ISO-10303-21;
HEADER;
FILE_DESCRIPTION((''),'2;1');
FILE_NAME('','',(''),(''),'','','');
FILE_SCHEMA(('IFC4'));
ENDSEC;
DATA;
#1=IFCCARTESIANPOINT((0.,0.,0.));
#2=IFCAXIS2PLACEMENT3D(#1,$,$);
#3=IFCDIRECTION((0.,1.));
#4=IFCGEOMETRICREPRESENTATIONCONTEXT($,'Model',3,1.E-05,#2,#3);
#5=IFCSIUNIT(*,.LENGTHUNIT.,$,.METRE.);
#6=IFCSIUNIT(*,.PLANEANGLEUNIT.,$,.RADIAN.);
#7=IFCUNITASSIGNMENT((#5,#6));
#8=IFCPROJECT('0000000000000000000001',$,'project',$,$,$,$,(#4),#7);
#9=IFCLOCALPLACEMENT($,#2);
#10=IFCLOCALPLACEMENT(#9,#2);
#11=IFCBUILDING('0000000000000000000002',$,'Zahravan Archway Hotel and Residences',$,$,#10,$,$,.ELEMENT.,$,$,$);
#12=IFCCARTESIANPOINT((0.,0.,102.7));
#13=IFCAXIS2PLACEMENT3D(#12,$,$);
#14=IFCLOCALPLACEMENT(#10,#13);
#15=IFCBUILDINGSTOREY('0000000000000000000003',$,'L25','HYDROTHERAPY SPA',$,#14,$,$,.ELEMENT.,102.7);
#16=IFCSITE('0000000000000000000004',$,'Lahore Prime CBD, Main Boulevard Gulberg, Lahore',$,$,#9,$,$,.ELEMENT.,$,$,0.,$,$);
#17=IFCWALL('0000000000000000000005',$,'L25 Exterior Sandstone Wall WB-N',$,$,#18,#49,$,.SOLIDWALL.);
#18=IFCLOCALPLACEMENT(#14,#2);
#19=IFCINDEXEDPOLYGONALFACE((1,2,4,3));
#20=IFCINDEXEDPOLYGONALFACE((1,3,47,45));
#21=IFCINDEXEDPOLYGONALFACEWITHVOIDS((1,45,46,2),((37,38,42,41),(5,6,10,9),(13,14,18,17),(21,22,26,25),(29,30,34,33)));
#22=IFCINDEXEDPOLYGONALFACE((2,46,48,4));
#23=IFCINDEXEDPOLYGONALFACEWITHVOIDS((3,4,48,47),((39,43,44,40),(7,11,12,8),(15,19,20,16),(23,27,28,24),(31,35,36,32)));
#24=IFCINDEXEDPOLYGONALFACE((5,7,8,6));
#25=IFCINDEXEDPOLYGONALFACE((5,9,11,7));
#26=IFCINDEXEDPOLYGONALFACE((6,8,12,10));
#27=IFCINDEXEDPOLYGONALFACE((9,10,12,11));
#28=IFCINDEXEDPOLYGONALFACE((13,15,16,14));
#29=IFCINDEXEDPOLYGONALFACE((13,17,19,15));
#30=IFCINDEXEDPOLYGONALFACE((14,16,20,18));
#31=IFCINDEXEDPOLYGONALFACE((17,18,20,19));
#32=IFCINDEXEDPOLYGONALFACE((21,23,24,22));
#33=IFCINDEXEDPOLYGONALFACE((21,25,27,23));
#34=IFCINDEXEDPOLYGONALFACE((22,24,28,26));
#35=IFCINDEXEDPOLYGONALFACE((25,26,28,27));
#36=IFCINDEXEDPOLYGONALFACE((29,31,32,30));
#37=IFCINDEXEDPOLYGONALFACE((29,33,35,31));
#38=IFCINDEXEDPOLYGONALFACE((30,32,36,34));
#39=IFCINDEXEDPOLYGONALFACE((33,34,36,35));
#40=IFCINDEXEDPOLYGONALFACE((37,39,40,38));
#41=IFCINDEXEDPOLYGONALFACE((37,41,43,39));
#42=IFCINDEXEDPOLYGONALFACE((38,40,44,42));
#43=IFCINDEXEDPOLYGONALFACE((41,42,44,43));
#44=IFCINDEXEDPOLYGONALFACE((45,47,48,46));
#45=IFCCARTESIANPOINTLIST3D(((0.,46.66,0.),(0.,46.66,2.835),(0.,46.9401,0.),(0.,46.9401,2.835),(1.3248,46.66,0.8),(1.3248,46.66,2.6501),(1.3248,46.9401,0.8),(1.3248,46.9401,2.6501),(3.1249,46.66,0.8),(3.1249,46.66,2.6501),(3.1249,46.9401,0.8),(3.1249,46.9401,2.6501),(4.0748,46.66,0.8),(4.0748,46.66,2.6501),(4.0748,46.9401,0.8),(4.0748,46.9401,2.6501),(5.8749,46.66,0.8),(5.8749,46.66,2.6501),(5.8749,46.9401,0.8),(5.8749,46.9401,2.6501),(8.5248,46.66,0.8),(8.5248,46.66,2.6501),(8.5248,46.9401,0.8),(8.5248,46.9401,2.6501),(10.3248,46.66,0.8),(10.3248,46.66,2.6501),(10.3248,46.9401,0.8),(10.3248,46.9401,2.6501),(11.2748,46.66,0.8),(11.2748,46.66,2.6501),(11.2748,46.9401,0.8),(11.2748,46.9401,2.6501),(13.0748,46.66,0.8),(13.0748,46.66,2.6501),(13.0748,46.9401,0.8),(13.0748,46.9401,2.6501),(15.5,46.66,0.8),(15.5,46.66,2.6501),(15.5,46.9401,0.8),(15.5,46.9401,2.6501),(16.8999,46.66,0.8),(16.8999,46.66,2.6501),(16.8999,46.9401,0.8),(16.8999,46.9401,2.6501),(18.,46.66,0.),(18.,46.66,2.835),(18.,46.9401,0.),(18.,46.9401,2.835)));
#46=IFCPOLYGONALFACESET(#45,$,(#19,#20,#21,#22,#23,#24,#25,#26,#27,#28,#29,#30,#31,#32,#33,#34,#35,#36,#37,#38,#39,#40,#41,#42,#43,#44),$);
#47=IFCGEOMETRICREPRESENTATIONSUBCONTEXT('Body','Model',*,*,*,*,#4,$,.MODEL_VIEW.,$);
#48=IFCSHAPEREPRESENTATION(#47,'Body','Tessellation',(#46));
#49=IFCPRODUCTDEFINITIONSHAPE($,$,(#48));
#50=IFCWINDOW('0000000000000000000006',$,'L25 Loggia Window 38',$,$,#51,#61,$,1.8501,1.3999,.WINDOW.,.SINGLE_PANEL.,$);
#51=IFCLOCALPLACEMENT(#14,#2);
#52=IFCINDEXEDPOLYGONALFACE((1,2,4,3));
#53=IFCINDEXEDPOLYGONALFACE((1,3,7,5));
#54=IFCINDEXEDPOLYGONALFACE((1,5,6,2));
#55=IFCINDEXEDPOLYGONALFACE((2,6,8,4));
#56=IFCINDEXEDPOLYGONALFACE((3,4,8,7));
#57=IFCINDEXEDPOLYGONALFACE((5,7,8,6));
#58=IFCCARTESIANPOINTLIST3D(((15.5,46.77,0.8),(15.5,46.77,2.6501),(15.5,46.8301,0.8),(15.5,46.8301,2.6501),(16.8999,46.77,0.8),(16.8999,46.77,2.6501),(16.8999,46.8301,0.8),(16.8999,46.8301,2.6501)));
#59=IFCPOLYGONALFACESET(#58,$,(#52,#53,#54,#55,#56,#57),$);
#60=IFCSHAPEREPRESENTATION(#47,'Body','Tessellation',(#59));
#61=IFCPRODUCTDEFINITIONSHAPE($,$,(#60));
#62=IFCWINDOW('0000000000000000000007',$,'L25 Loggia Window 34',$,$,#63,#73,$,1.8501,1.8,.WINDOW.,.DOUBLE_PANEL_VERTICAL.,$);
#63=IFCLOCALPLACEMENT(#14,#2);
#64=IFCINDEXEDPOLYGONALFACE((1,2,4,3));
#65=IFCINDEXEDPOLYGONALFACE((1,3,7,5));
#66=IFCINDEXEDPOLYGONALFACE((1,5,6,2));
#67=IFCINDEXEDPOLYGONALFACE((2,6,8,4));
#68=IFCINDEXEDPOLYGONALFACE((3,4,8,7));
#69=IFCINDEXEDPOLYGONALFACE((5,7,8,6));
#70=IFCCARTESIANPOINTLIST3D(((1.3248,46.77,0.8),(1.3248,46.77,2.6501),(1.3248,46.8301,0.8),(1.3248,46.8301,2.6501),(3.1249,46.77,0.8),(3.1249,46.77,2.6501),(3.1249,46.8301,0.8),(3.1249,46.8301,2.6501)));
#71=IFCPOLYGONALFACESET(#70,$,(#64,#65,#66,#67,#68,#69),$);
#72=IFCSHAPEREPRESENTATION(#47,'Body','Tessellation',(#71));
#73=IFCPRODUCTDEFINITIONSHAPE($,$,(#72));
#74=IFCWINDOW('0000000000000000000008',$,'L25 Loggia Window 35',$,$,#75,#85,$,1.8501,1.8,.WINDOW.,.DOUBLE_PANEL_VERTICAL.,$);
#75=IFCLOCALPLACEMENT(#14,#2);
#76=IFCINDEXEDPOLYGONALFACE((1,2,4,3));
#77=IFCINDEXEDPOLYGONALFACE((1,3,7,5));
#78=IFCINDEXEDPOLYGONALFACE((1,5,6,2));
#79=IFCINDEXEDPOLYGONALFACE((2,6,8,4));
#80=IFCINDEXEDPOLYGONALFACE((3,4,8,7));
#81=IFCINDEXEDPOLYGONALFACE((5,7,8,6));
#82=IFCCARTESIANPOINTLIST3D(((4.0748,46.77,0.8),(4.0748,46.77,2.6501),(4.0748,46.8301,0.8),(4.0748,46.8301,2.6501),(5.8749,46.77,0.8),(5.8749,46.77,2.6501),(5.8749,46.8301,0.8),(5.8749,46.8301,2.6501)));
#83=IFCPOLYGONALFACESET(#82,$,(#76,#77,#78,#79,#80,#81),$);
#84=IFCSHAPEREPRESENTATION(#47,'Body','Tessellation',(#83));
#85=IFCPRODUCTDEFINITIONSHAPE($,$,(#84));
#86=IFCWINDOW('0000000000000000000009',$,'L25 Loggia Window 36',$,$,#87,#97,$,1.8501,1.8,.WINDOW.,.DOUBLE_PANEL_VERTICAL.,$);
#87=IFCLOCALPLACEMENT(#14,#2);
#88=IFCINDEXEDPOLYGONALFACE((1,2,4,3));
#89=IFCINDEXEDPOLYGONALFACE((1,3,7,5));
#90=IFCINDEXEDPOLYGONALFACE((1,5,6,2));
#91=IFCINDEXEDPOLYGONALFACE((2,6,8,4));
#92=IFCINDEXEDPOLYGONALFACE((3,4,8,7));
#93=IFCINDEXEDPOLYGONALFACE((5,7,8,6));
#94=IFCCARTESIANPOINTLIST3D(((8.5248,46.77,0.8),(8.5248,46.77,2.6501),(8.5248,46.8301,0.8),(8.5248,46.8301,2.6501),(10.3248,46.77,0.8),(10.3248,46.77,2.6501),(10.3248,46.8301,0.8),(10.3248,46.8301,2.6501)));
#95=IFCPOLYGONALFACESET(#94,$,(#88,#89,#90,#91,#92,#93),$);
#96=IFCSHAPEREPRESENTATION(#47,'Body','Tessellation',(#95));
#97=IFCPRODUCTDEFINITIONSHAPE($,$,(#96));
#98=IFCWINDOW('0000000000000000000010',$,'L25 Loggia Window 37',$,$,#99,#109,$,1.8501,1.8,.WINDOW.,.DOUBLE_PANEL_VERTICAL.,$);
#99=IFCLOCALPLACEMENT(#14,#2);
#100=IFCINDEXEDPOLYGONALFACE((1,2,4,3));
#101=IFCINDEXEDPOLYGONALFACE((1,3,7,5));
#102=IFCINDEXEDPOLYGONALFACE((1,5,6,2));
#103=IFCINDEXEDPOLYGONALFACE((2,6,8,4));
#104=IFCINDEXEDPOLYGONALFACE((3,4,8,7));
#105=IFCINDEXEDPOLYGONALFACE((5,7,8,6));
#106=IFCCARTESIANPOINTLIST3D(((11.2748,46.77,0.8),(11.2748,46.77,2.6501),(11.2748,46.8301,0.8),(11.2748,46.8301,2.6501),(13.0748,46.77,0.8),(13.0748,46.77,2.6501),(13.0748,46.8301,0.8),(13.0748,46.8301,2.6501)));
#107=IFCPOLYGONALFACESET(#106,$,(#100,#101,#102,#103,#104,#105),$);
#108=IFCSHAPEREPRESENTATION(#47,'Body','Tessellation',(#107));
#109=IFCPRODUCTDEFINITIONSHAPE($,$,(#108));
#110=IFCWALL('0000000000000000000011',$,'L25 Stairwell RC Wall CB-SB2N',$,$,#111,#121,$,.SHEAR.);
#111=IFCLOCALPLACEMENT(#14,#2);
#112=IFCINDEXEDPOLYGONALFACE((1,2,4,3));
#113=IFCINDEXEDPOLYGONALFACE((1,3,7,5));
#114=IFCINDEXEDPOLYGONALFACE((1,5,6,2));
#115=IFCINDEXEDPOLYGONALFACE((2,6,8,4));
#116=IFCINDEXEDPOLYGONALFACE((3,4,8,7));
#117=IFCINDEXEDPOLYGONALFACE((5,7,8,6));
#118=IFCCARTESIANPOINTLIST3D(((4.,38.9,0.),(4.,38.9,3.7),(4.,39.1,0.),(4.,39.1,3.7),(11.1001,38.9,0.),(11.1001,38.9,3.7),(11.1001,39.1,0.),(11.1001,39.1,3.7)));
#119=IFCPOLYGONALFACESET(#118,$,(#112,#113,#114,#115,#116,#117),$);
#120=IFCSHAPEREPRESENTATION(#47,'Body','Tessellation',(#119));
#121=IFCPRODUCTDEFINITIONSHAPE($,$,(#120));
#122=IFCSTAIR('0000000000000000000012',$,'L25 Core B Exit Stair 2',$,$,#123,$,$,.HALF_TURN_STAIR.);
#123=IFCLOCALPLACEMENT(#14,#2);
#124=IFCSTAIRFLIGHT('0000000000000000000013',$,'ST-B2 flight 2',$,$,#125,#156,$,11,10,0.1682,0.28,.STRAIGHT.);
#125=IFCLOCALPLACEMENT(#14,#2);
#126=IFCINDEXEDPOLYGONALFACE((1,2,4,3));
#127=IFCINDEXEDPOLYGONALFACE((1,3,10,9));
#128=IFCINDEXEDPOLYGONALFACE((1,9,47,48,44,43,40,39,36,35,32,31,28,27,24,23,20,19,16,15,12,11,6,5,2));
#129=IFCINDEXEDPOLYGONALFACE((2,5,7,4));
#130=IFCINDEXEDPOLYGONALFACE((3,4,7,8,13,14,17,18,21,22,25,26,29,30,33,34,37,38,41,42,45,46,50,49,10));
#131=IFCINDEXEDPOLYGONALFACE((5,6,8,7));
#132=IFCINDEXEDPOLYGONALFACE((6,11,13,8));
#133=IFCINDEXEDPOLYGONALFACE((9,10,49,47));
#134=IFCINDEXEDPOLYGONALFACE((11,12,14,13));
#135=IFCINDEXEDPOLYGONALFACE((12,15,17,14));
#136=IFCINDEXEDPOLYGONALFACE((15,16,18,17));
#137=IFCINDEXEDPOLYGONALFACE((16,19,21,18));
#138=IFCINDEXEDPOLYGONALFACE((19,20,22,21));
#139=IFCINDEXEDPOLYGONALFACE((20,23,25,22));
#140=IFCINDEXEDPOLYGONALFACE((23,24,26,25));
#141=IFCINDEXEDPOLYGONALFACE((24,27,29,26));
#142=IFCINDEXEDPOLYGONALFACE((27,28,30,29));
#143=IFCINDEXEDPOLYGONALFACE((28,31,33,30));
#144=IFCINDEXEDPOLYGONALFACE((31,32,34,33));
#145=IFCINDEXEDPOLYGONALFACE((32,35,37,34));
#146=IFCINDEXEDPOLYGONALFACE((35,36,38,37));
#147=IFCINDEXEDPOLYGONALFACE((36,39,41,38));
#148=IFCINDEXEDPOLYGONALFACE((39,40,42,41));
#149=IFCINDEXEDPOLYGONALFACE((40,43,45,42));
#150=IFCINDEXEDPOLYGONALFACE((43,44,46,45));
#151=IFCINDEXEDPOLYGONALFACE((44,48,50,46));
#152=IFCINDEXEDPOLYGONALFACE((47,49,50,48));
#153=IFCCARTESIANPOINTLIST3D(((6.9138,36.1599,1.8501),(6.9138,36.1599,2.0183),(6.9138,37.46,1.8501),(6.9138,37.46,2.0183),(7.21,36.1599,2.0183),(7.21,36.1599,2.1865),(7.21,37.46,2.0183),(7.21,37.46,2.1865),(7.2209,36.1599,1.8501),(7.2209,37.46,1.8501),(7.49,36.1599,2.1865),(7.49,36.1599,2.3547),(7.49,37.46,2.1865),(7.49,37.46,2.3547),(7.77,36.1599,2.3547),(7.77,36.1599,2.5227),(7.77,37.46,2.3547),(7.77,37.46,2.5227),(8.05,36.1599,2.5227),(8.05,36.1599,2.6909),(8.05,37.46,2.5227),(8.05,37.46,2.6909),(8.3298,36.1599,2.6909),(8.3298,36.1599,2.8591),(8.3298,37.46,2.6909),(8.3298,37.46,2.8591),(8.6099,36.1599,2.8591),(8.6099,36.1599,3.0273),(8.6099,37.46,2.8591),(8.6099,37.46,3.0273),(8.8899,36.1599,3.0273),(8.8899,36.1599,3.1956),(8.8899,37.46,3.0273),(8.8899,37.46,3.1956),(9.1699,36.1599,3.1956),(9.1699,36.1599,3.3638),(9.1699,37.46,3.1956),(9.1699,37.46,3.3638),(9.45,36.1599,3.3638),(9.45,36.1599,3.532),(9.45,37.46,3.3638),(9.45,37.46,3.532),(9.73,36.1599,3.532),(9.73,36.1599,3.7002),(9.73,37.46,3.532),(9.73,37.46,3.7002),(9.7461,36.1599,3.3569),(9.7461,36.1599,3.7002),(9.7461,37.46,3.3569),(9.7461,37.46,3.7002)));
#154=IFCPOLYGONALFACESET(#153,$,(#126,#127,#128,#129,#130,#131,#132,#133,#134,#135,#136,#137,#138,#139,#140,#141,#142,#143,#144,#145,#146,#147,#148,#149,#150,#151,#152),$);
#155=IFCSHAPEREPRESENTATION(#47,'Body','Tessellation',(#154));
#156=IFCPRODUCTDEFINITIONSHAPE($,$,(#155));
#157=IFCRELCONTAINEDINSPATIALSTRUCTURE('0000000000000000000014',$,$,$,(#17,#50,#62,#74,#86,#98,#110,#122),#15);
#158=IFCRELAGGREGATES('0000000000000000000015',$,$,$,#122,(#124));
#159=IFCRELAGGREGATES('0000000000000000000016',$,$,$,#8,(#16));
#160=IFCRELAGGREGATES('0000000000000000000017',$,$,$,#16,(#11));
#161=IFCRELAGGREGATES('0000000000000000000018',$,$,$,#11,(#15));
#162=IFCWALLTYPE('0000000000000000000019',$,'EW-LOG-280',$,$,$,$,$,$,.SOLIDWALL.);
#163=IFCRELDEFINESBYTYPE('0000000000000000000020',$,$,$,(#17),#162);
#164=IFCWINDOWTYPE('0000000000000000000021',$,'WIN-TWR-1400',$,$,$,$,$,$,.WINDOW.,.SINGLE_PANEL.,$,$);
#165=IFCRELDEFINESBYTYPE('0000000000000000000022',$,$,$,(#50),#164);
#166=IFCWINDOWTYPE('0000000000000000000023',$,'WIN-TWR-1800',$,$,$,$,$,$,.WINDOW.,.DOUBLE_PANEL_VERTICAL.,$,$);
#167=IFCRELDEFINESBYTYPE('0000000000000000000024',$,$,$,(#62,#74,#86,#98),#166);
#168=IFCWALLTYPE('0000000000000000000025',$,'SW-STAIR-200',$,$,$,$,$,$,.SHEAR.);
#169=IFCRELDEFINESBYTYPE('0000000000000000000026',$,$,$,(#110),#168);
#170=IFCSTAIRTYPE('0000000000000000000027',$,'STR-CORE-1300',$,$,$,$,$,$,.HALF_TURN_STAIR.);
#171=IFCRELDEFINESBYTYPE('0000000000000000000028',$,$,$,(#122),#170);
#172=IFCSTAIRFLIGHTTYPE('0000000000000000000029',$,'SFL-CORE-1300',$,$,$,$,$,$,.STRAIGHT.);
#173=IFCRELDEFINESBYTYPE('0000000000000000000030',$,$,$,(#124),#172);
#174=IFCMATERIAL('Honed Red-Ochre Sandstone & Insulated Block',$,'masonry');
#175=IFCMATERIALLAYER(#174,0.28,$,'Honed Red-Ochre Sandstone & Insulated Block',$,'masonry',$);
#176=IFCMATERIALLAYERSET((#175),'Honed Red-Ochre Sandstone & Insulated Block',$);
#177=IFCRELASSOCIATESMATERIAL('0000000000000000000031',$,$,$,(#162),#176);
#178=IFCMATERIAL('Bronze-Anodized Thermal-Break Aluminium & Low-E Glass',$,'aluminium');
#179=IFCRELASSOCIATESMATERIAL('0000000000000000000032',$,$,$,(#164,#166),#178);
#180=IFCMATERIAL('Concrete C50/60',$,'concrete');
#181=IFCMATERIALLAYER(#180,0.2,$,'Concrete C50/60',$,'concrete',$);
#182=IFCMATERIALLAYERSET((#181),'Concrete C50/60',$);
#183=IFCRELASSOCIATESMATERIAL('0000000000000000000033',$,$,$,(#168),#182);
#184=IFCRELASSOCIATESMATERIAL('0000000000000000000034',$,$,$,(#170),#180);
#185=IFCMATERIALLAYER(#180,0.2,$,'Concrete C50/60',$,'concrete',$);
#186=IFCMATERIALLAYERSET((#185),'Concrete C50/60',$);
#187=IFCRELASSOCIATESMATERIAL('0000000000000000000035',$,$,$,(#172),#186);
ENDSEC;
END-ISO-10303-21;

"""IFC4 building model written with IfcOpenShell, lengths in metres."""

from ifc_helpers import new_model, si_unit, direction, frame, frame_2d, origin, place, context, subcontext, project, spatial, polyline, rectangle, outline, extrude, source, transform, mapped, material, layer, layer_set, type_object, type_shapes, element, fill, aggregate, save


model = new_model("IFC4")

# Units and contexts
model_context = context("Model", 3, precision=1e-05, world=origin(), true_north=direction((0.0, 1.0)))
body_context = subcontext(model_context, "Body", "Model", "MODEL_VIEW")
ifc_project = project(units=[si_unit("LENGTHUNIT", "METRE"), si_unit("PLANEANGLEUNIT", "RADIAN")], contexts=[model_context])

# Site, building, storey
site_placement = place(None, origin())
site = spatial("IfcSite", under=ifc_project, at=site_placement, Name="Lahore Prime CBD, Main Boulevard Gulberg, Lahore", CompositionType="ELEMENT", RefElevation=0.0)
building_placement = place(site_placement, origin())
building = spatial("IfcBuilding", under=site, at=building_placement, Name="Zahravan Archway Hotel and Residences", CompositionType="ELEMENT")
storey_placement = place(building_placement, frame((0.0, 0.0, 102.7)))
storey = spatial("IfcBuildingStorey", under=building, at=storey_placement, Name="L25", Description="HYDROTHERAPY SPA", CompositionType="ELEMENT", Elevation=102.7)

# Wall, openings, windows
ifc_material_1 = material(Name="Honed Red-Ochre Sandstone & Insulated Block", Category="masonry")
ifc_layer_1 = layer(ifc_material_1, 0.28, Name="Honed Red-Ochre Sandstone & Insulated Block", Category="masonry")
ifc_layer_set_1 = layer_set([ifc_layer_1], Name="Honed Red-Ochre Sandstone & Insulated Block")
wall_type_1 = type_object("IfcWallType", Name="EW-LOG-280", PredefinedType="SOLIDWALL", material=ifc_layer_set_1)
wall_1_placement = place(storey_placement, frame((0.0, 46.8, 0.0), z_axis=(0.0, 0.0, 1.0), x_axis=(1.0, 0.0, 0.0)))
wall_1 = element("IfcWall", 1, at=wall_1_placement, inside=storey, type_object=wall_type_1, Name="L25 Exterior Sandstone Wall WB-N", PredefinedType="SOLIDWALL", context=body_context, shape_type="SweptSolid", body=[
    extrude(rectangle(XDim=18.0, YDim=0.28, at=frame_2d((9.0, 0.0))), origin(), (0.0, 0.0, 1.0), 2.835),
])
opening_1_placement = place(wall_1_placement, frame((1.325, 0.0, 0.8)))
opening_1 = element("IfcOpeningElement", 2, at=opening_1_placement, cuts=wall_1, PredefinedType="OPENING", context=body_context, shape_type="SweptSolid", body=[
    extrude(rectangle(XDim=1.8, YDim=1.8501, at=frame_2d((0.8999, 0.925))), frame((0.0, 0.1499, 0.0), z_axis=(0.0, -1.0, 0.0), x_axis=(1.0, 0.0, 0.0)), (0.0, 0.0, 1.0), 0.3),
])
opening_2_placement = place(wall_1_placement, frame((4.075, 0.0, 0.8)))
opening_2 = element("IfcOpeningElement", 3, at=opening_2_placement, cuts=wall_1, PredefinedType="OPENING", context=body_context, shape_type="SweptSolid", body=[
    extrude(rectangle(XDim=1.8, YDim=1.8501, at=frame_2d((0.8999, 0.925))), frame((0.0, 0.1499, 0.0), z_axis=(0.0, -1.0, 0.0), x_axis=(1.0, 0.0, 0.0)), (0.0, 0.0, 1.0), 0.3),
])
opening_3_placement = place(wall_1_placement, frame((8.5249, 0.0, 0.8)))
opening_3 = element("IfcOpeningElement", 4, at=opening_3_placement, cuts=wall_1, PredefinedType="OPENING", context=body_context, shape_type="SweptSolid", body=[
    extrude(rectangle(XDim=1.8, YDim=1.8501, at=frame_2d((0.8999, 0.925))), frame((0.0, 0.1499, 0.0), z_axis=(0.0, -1.0, 0.0), x_axis=(1.0, 0.0, 0.0)), (0.0, 0.0, 1.0), 0.3),
])
opening_4_placement = place(wall_1_placement, frame((11.2749, 0.0, 0.8)))
opening_4 = element("IfcOpeningElement", 5, at=opening_4_placement, cuts=wall_1, PredefinedType="OPENING", context=body_context, shape_type="SweptSolid", body=[
    extrude(rectangle(XDim=1.8, YDim=1.8501, at=frame_2d((0.8999, 0.925))), frame((0.0, 0.1499, 0.0), z_axis=(0.0, -1.0, 0.0), x_axis=(1.0, 0.0, 0.0)), (0.0, 0.0, 1.0), 0.3),
])
opening_5_placement = place(wall_1_placement, frame((15.5, 0.0, 0.8)))
opening_5 = element("IfcOpeningElement", 6, at=opening_5_placement, cuts=wall_1, PredefinedType="OPENING", context=body_context, shape_type="SweptSolid", body=[
    extrude(rectangle(XDim=1.3999, YDim=1.8501, at=frame_2d((0.7, 0.925))), frame((0.0, 0.1499, 0.0), z_axis=(0.0, -1.0, 0.0), x_axis=(1.0, 0.0, 0.0)), (0.0, 0.0, 1.0), 0.3),
])
ifc_material_2 = material(Name="Bronze-Anodized Thermal-Break Aluminium & Low-E Glass", Category="aluminium")
window_type_1 = type_object("IfcWindowType", Name="WIN-TWR-1400", PartitioningType="SINGLE_PANEL", PredefinedType="WINDOW", material=ifc_material_2)
shared_shape_1 = source(origin(), body_context, "Body", "SweptSolid", [
    extrude(rectangle(XDim=1.3999, YDim=1.8501, at=frame_2d((0.7, 0.925))), frame((0.0, 0.03, 0.0), z_axis=(0.0, -1.0, 0.0), x_axis=(1.0, 0.0, 0.0)), (0.0, 0.0, 1.0), 0.0601),
])
type_shapes(window_type_1, [shared_shape_1])
window_1_placement = place(opening_5_placement, origin())
window_1 = element("IfcWindow", 7, at=window_1_placement, inside=storey, type_object=window_type_1, Name="L25 Loggia Window 38", OverallHeight=1.8501, OverallWidth=1.3999, PartitioningType="SINGLE_PANEL", PredefinedType="WINDOW", context=body_context, shape_type="MappedRepresentation", body=[
    mapped(shared_shape_1, transform((0.0, 0.0, 0.0), scale=1.0)),
])
fill(opening_5, window_1)
window_type_2 = type_object("IfcWindowType", Name="WIN-TWR-1800", PartitioningType="DOUBLE_PANEL_VERTICAL", PredefinedType="WINDOW", material=ifc_material_2)
shared_shape_2 = source(origin(), body_context, "Body", "SweptSolid", [
    extrude(rectangle(XDim=1.8, YDim=1.8501, at=frame_2d((0.8999, 0.925))), frame((0.0, 0.03, 0.0), z_axis=(0.0, -1.0, 0.0), x_axis=(1.0, 0.0, 0.0)), (0.0, 0.0, 1.0), 0.0601),
])
type_shapes(window_type_2, [shared_shape_2])
window_2_placement = place(opening_1_placement, origin())
window_2 = element("IfcWindow", 8, at=window_2_placement, inside=storey, type_object=window_type_2, Name="L25 Loggia Window 34", OverallHeight=1.8501, OverallWidth=1.8, PartitioningType="DOUBLE_PANEL_VERTICAL", PredefinedType="WINDOW", context=body_context, shape_type="MappedRepresentation", body=[
    mapped(shared_shape_2, transform((0.0, 0.0, 0.0), scale=1.0)),
])
fill(opening_1, window_2)
window_3_placement = place(opening_2_placement, origin())
window_3 = element("IfcWindow", 9, at=window_3_placement, inside=storey, type_object=window_type_2, Name="L25 Loggia Window 35", OverallHeight=1.8501, OverallWidth=1.8, PartitioningType="DOUBLE_PANEL_VERTICAL", PredefinedType="WINDOW", context=body_context, shape_type="MappedRepresentation", body=[
    mapped(shared_shape_2, transform((0.0, 0.0, 0.0), scale=1.0)),
])
fill(opening_2, window_3)
window_4_placement = place(opening_3_placement, origin())
window_4 = element("IfcWindow", 10, at=window_4_placement, inside=storey, type_object=window_type_2, Name="L25 Loggia Window 36", OverallHeight=1.8501, OverallWidth=1.8, PartitioningType="DOUBLE_PANEL_VERTICAL", PredefinedType="WINDOW", context=body_context, shape_type="MappedRepresentation", body=[
    mapped(shared_shape_2, transform((0.0, 0.0, 0.0), scale=1.0)),
])
fill(opening_3, window_4)
window_5_placement = place(opening_4_placement, origin())
window_5 = element("IfcWindow", 11, at=window_5_placement, inside=storey, type_object=window_type_2, Name="L25 Loggia Window 37", OverallHeight=1.8501, OverallWidth=1.8, PartitioningType="DOUBLE_PANEL_VERTICAL", PredefinedType="WINDOW", context=body_context, shape_type="MappedRepresentation", body=[
    mapped(shared_shape_2, transform((0.0, 0.0, 0.0), scale=1.0)),
])
fill(opening_4, window_5)

# Wall
ifc_material_3 = material(Name="Concrete C50/60", Category="concrete")
ifc_layer_2 = layer(ifc_material_3, 0.2, Name="Concrete C50/60", Category="concrete")
ifc_layer_set_2 = layer_set([ifc_layer_2], Name="Concrete C50/60")
wall_type_2 = type_object("IfcWallType", Name="SW-STAIR-200", PredefinedType="SHEAR", material=ifc_layer_set_2)
wall_2_placement = place(storey_placement, frame((4.0, 39.0, 0.0), z_axis=(0.0, 0.0, 1.0), x_axis=(1.0, 0.0, 0.0)))
element("IfcWall", 12, at=wall_2_placement, inside=storey, type_object=wall_type_2, Name="L25 Stairwell RC Wall CB-SB2N", PredefinedType="SHEAR", context=body_context, shape_type="SweptSolid", body=[
    extrude(rectangle(XDim=7.1001, YDim=0.2, at=frame_2d((3.55, 0.0))), origin(), (0.0, 0.0, 1.0), 3.7),
])

# Stair, stair flight
stair_type = type_object("IfcStairType", Name="STR-CORE-1300", PredefinedType="HALF_TURN_STAIR", material=ifc_material_3)
stair_placement = place(storey_placement, origin())
stair = element("IfcStair", 13, at=stair_placement, inside=storey, type_object=stair_type, Name="L25 Core B Exit Stair 2", PredefinedType="HALF_TURN_STAIR")
ifc_layer_3 = layer(ifc_material_3, 0.2, Name="Concrete C50/60", Category="concrete")
ifc_layer_set_3 = layer_set([ifc_layer_3], Name="Concrete C50/60")
stair_flight_type = type_object("IfcStairFlightType", Name="SFL-CORE-1300", PredefinedType="STRAIGHT", material=ifc_layer_set_3)
shared_shape_3 = source(origin(), body_context, "Body", "SweptSolid", [
    extrude(outline(polyline([(-0.0161, 0.0), (-0.0161, 0.1682), (0.28, 0.1682), (0.28, 0.3364), (0.5601, 0.3364), (0.5601, 0.5046), (0.8401, 0.5046), (0.8401, 0.6726), (1.1201, 0.6726), (1.1201, 0.8408), (1.3999, 0.8408), (1.3999, 1.009), (1.6799, 1.009), (1.6799, 1.1772), (1.96, 1.1772), (1.96, 1.3455), (2.24, 1.3455), (2.24, 1.5137), (2.52, 1.5137), (2.52, 1.6819), (2.8, 1.6819), (2.8, 1.8501), (2.8162, 1.8501), (2.8162, 1.5068), (0.291, 0.0), (-0.0161, 0.0)])), frame((0.0, 0.6499, 0.0), z_axis=(0.0, -1.0, 0.0), x_axis=(1.0, 0.0, 0.0)), (0.0, 0.0, 1.0), 1.3),
])
stair_flight_placement = place(storey_placement, frame((6.9299, 36.8101, 1.8501), z_axis=(0.0, 0.0, 1.0), x_axis=(1.0, 0.0, 0.0)))
stair_flight = element("IfcStairFlight", 14, at=stair_flight_placement, type_object=stair_flight_type, Name="ST-B2 flight 2", NumberOfRisers=11, NumberOfTreads=10, PredefinedType="STRAIGHT", RiserHeight=0.1682, TreadLength=0.28, context=body_context, shape_type="MappedRepresentation", body=[
    mapped(shared_shape_3, transform((0.0, 0.0, 0.0), scale=1.0)),
])
aggregate(stair, [stair_flight])

save(model, "model.ifc")
